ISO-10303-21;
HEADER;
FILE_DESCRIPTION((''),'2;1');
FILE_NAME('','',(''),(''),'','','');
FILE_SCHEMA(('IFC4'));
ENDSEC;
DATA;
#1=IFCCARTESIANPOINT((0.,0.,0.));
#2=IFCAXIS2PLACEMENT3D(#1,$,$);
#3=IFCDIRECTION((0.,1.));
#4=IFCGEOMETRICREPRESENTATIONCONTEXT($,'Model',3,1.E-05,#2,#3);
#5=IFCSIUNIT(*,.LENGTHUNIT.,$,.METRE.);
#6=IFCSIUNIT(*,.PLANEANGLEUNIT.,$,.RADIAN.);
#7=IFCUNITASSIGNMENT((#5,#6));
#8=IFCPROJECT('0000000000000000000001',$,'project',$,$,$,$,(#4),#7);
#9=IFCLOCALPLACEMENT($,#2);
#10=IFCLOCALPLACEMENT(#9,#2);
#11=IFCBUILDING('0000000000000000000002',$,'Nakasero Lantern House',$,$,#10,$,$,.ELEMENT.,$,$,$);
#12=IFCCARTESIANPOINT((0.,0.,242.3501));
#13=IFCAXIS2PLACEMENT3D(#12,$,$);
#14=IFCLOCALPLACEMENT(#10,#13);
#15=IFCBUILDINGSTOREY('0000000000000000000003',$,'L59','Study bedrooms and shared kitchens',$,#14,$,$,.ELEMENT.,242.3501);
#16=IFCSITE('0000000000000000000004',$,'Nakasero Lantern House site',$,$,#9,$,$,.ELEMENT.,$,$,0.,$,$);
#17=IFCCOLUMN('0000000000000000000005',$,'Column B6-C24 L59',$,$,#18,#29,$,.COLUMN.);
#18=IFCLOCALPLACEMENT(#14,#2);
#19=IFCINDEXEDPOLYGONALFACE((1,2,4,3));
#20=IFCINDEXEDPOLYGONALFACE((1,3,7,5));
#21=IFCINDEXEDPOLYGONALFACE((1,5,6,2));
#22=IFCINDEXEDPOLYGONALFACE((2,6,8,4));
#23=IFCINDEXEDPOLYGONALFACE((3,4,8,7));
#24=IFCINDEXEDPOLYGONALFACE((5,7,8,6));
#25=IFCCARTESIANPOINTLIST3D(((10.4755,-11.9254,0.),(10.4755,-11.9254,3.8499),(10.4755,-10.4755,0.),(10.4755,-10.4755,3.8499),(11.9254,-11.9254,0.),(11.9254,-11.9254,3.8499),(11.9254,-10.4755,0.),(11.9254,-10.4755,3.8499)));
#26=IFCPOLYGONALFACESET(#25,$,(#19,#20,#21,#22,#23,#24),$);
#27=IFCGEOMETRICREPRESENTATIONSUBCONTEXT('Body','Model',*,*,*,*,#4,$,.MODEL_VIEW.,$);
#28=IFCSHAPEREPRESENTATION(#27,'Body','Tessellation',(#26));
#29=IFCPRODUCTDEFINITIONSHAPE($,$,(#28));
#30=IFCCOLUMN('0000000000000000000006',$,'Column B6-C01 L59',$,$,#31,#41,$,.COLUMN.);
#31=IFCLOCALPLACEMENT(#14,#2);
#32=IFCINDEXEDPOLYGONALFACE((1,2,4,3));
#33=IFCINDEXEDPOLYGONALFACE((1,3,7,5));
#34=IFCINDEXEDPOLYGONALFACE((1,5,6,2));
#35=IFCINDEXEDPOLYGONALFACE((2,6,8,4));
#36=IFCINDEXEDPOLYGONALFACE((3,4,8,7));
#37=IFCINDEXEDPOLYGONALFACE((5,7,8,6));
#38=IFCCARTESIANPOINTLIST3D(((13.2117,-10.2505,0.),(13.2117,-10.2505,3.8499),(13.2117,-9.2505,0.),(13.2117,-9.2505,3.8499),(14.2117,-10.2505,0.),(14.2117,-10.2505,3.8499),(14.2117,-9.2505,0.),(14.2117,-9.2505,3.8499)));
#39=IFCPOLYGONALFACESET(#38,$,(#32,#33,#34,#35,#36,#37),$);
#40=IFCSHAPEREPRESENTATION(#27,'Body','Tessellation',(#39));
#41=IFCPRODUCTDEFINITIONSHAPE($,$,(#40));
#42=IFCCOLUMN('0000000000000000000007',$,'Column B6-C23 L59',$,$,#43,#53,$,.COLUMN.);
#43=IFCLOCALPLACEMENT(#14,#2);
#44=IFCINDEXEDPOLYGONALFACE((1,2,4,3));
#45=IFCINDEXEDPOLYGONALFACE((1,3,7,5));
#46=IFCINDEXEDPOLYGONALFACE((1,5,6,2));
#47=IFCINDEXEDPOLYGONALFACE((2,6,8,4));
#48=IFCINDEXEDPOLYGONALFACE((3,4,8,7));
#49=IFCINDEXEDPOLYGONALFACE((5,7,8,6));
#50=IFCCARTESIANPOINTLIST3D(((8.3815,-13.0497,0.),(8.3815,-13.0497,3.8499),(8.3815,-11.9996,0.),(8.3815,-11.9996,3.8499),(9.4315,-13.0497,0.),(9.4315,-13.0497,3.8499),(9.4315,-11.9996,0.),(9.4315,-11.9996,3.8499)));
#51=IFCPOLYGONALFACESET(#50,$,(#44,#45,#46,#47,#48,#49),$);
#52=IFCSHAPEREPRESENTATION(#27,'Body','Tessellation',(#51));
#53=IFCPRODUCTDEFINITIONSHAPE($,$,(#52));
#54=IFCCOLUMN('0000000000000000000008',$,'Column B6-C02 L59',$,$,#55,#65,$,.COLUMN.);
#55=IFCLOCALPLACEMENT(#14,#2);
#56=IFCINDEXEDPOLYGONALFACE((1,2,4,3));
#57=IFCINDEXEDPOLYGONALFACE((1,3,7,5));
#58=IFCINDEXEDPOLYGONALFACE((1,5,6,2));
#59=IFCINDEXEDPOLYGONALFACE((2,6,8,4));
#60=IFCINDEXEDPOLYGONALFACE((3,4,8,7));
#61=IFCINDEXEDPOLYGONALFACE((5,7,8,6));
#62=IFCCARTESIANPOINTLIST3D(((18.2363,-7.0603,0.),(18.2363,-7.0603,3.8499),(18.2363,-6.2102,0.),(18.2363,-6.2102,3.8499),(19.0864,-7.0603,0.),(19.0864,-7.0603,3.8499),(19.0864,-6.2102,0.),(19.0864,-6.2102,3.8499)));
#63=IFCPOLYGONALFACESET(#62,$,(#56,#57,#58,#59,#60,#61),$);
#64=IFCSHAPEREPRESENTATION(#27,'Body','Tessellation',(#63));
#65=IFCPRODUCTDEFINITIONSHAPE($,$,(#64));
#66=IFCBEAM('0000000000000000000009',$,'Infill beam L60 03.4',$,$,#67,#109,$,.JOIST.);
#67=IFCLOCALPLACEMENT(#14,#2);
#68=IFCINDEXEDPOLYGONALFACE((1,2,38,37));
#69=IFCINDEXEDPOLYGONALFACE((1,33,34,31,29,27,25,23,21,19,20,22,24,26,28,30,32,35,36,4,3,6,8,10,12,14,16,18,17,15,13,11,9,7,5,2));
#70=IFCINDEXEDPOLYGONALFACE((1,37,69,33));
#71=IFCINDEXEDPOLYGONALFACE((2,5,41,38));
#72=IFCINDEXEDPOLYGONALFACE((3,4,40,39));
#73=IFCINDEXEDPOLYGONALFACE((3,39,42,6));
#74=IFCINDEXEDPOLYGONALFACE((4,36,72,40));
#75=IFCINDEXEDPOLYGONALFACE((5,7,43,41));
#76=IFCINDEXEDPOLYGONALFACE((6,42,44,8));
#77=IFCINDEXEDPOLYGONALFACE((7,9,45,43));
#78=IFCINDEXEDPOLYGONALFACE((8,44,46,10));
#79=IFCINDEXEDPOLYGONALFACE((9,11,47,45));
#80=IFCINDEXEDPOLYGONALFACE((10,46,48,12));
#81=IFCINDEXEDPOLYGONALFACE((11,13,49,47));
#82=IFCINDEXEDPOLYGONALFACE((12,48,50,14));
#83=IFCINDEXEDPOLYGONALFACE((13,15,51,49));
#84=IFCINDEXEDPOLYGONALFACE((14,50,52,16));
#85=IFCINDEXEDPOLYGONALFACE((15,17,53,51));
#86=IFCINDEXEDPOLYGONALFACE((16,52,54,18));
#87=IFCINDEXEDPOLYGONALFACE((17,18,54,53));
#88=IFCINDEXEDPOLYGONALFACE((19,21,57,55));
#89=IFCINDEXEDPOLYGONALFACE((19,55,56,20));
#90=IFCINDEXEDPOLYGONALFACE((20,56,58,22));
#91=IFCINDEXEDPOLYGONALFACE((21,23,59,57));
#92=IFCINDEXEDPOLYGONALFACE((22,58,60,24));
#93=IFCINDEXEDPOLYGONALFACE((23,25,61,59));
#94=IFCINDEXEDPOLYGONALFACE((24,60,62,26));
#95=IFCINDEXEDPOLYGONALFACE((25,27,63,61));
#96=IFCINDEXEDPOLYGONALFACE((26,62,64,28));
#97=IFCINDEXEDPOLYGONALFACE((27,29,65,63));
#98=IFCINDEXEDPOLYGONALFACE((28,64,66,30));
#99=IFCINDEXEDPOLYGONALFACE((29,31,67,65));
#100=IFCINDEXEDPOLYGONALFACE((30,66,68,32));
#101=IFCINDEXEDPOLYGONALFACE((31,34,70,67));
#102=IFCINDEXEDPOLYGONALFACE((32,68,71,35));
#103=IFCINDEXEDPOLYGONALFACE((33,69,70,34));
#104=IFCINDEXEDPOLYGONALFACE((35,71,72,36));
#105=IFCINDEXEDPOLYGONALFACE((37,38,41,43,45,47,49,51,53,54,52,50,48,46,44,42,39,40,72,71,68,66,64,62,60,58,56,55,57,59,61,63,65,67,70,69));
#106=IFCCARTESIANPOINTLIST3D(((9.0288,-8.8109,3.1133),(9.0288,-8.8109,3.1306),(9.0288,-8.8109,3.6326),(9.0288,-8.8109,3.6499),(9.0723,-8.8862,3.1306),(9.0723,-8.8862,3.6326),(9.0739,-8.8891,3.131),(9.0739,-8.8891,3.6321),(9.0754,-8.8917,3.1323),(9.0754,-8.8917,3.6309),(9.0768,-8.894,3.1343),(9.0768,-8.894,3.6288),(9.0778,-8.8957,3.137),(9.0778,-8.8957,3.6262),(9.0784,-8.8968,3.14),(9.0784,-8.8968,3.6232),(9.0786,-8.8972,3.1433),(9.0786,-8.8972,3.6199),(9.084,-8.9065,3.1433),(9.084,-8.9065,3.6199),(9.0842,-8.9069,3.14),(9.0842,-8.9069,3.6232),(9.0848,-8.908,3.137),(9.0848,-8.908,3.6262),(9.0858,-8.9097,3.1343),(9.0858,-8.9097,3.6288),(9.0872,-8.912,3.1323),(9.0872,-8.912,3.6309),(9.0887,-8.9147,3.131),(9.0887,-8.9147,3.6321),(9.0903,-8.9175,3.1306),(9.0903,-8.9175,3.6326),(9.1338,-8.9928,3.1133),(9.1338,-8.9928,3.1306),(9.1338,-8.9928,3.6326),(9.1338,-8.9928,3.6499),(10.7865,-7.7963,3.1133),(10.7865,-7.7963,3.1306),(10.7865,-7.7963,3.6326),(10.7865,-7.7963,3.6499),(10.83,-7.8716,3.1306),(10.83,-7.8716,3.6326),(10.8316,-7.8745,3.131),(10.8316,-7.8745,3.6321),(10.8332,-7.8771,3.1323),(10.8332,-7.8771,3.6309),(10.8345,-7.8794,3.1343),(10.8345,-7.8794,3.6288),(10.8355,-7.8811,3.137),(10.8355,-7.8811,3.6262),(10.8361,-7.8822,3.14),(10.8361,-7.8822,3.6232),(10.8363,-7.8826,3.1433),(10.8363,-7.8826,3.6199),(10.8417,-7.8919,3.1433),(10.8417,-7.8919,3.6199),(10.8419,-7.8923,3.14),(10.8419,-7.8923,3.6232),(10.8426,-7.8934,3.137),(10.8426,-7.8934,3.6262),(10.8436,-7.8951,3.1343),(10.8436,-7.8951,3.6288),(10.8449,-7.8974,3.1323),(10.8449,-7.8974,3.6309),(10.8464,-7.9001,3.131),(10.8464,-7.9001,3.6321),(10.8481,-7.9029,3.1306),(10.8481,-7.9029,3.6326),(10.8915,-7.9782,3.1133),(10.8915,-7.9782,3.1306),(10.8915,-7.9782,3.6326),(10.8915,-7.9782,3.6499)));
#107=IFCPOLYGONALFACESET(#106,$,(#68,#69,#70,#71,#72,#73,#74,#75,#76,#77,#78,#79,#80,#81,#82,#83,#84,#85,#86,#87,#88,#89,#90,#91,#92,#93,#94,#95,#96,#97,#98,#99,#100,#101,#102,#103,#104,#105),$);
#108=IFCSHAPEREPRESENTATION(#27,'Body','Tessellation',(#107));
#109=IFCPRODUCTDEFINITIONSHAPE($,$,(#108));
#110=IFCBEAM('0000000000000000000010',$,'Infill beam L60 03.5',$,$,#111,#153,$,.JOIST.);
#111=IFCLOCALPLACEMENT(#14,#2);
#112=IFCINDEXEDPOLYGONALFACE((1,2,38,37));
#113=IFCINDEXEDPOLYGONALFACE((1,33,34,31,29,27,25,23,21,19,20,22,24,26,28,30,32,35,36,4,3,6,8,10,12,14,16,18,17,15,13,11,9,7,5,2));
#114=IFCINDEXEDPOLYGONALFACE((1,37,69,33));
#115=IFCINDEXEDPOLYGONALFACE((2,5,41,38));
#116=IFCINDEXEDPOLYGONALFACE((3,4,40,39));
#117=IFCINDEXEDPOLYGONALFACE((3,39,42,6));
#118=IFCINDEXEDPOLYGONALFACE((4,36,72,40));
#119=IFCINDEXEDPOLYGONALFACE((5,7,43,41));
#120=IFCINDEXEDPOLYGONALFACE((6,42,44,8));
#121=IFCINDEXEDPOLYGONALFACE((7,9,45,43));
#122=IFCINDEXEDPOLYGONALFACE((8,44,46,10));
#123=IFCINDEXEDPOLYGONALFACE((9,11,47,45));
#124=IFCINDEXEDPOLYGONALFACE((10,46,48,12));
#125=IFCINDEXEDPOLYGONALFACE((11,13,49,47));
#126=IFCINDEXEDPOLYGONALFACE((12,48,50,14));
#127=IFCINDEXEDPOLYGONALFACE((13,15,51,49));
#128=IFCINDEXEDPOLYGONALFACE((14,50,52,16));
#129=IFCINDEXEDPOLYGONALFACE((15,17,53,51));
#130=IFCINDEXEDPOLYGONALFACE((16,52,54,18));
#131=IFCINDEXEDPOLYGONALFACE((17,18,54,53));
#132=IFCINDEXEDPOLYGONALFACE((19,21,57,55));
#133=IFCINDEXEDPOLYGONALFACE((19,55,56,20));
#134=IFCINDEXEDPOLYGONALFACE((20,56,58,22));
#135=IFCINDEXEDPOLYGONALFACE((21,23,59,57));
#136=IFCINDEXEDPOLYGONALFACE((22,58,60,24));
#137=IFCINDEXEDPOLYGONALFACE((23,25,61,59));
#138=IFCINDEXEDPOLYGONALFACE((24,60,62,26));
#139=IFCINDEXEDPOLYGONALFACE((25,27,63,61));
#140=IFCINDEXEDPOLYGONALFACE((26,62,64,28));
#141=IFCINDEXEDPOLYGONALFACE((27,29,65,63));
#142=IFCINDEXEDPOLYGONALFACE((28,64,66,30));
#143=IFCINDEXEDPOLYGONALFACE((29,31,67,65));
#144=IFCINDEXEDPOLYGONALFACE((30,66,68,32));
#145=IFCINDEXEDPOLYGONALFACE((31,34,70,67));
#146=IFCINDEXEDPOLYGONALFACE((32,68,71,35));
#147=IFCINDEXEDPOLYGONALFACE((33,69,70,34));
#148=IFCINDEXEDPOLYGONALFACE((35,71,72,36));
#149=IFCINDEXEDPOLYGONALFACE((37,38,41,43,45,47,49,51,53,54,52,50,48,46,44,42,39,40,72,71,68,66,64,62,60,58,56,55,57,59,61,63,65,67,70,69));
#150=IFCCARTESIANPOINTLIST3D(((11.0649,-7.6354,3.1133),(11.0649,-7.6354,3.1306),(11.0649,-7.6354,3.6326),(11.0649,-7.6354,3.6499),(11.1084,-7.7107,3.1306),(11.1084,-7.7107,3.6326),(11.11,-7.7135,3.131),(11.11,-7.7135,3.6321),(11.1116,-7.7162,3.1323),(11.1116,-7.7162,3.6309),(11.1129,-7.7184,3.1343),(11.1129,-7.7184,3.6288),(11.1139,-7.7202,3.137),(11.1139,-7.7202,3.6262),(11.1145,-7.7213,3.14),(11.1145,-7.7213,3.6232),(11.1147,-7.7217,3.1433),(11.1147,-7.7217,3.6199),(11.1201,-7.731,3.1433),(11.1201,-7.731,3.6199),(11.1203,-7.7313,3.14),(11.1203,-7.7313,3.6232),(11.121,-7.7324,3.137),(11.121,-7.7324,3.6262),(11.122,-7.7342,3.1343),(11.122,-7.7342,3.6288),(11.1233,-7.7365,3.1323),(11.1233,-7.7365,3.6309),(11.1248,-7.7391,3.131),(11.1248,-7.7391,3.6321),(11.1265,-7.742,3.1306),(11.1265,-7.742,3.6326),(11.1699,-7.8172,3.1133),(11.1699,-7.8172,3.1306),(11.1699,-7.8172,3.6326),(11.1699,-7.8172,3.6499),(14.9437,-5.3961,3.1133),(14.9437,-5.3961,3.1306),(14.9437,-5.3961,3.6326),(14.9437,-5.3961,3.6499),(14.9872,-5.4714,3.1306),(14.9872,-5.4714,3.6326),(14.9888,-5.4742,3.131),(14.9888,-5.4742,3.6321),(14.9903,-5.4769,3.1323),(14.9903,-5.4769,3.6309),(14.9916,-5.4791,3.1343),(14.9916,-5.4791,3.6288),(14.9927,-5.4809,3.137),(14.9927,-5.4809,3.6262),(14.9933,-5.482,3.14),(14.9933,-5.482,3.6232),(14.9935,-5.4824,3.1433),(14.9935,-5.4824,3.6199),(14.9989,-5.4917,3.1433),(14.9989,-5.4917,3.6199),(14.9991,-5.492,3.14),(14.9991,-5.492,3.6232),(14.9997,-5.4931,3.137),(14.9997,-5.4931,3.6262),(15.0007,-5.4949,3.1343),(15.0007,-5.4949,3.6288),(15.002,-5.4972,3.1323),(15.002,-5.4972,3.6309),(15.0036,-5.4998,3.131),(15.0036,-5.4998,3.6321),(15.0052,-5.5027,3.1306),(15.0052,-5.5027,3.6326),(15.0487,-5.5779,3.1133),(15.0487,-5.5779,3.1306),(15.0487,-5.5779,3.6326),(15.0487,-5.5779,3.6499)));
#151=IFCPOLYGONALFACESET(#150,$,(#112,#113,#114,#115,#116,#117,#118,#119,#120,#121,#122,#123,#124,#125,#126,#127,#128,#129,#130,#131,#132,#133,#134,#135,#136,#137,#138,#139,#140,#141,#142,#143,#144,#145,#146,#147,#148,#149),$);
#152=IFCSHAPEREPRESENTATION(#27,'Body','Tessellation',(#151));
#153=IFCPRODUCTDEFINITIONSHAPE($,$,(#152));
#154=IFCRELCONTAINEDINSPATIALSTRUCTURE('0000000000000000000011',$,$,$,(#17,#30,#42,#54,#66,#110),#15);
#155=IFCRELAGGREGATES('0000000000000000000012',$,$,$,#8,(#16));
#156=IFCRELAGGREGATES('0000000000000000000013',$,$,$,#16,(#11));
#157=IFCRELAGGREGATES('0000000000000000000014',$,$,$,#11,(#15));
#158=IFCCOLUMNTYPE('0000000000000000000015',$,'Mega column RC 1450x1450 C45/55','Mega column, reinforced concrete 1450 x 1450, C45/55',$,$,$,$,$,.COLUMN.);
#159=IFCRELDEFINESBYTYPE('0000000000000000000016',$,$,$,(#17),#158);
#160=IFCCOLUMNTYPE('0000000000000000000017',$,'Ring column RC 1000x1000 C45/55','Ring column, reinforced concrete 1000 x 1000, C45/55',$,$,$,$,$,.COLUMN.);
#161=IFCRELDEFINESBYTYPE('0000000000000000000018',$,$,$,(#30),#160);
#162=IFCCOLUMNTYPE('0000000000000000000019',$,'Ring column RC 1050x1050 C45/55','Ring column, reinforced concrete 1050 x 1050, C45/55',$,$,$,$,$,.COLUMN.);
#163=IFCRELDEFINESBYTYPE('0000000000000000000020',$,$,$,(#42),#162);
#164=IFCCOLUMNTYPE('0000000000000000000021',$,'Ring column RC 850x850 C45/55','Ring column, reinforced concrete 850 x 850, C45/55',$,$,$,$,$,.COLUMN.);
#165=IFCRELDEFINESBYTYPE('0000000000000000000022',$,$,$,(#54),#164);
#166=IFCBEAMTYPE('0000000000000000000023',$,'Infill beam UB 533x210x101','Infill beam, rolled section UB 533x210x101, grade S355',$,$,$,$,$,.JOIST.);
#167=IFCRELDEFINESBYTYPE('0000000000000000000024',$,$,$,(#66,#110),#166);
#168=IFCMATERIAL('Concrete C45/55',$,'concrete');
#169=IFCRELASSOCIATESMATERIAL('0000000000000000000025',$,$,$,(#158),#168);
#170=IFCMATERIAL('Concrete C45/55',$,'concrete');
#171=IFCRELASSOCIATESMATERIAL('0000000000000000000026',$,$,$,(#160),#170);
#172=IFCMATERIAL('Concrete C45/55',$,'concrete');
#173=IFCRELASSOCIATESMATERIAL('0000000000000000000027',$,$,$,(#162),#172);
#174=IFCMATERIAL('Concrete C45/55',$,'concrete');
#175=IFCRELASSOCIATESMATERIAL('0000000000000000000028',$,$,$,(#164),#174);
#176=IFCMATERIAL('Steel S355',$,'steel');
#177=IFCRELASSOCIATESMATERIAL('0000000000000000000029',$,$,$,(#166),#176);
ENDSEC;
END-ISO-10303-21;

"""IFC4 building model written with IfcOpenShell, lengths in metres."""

from ifc_helpers import new_model, si_unit, direction, frame, origin, origin_2d, place, context, subcontext, project, spatial, rectangle, i_section, extrude, material, material_profile, profile_set, type_object, element, save


model = new_model("IFC4")

# Units and contexts
model_context = context("Model", 3, precision=1e-05, world=origin(), true_north=direction((0.0, 1.0)))
body_context = subcontext(model_context, "Body", "Model", "MODEL_VIEW")
ifc_project = project(units=[si_unit("LENGTHUNIT", "METRE"), si_unit("PLANEANGLEUNIT", "RADIAN")], contexts=[model_context])

# Site, building, storey
site_placement = place(None, origin())
site = spatial("IfcSite", under=ifc_project, at=site_placement, Name="Nakasero Lantern House site", CompositionType="ELEMENT", RefElevation=0.0)
building_placement = place(site_placement, origin())
building = spatial("IfcBuilding", under=site, at=building_placement, Name="Nakasero Lantern House", CompositionType="ELEMENT")
storey_placement = place(building_placement, frame((0.0, 0.0, 242.3501)))
storey = spatial("IfcBuildingStorey", under=building, at=storey_placement, Name="L59", Description="Study bedrooms and shared kitchens", CompositionType="ELEMENT", Elevation=242.3501)

# Columns
ifc_material_1 = material(Name="Concrete C45/55", Category="concrete")
ifc_material_profile_1 = material_profile(ifc_material_1, rectangle(XDim=1.45, YDim=1.45, at=origin_2d()), Name="RC 1450x1450")
ifc_profile_set_1 = profile_set([ifc_material_profile_1], Name="Concrete C45/55")
column_type_1 = type_object("IfcColumnType", Name="Mega column RC 1450x1450 C45/55", Description="Mega column, reinforced concrete 1450 x 1450, C45/55", PredefinedType="COLUMN", material=ifc_profile_set_1)
column_1_placement = place(storey_placement, frame((11.2004, -11.2004, 0.0), z_axis=(0.0, 0.0, 1.0), x_axis=(1.0, 0.0, 0.0)))
element("IfcColumn", 1, at=column_1_placement, inside=storey, type_object=column_type_1, Name="Column B6-C24 L59", PredefinedType="COLUMN", context=body_context, shape_type="SweptSolid", body=[
    extrude(rectangle(XDim=1.45, YDim=1.45, at=origin_2d()), origin(), (0.0, 0.0, 1.0), 3.8499),
])
ifc_material_2 = material(Name="Concrete C45/55", Category="concrete")
ifc_material_profile_2 = material_profile(ifc_material_2, rectangle(XDim=1.0, YDim=1.0, at=origin_2d()), Name="RC 1000x1000")
ifc_profile_set_2 = profile_set([ifc_material_profile_2], Name="Concrete C45/55")
column_type_2 = type_object("IfcColumnType", Name="Ring column RC 1000x1000 C45/55", Description="Ring column, reinforced concrete 1000 x 1000, C45/55", PredefinedType="COLUMN", material=ifc_profile_set_2)
column_2_placement = place(storey_placement, frame((13.7117, -9.7505, 0.0), z_axis=(0.0, 0.0, 1.0), x_axis=(1.0, 0.0, 0.0)))
element("IfcColumn", 2, at=column_2_placement, inside=storey, type_object=column_type_2, Name="Column B6-C01 L59", PredefinedType="COLUMN", context=body_context, shape_type="SweptSolid", body=[
    extrude(rectangle(XDim=1.0, YDim=1.0, at=origin_2d()), origin(), (0.0, 0.0, 1.0), 3.8499),
])
ifc_material_3 = material(Name="Concrete C45/55", Category="concrete")
ifc_material_profile_3 = material_profile(ifc_material_3, rectangle(XDim=1.05, YDim=1.05, at=origin_2d()), Name="RC 1050x1050")
ifc_profile_set_3 = profile_set([ifc_material_profile_3], Name="Concrete C45/55")
column_type_3 = type_object("IfcColumnType", Name="Ring column RC 1050x1050 C45/55", Description="Ring column, reinforced concrete 1050 x 1050, C45/55", PredefinedType="COLUMN", material=ifc_profile_set_3)
column_3_placement = place(storey_placement, frame((8.9065, -12.5247, 0.0), z_axis=(0.0, 0.0, 1.0), x_axis=(1.0, 0.0, 0.0)))
element("IfcColumn", 3, at=column_3_placement, inside=storey, type_object=column_type_3, Name="Column B6-C23 L59", PredefinedType="COLUMN", context=body_context, shape_type="SweptSolid", body=[
    extrude(rectangle(XDim=1.05, YDim=1.05, at=origin_2d()), origin(), (0.0, 0.0, 1.0), 3.8499),
])
ifc_material_4 = material(Name="Concrete C45/55", Category="concrete")
ifc_material_profile_4 = material_profile(ifc_material_4, rectangle(XDim=0.8501, YDim=0.8501, at=origin_2d()), Name="RC 850x850")
ifc_profile_set_4 = profile_set([ifc_material_profile_4], Name="Concrete C45/55")
column_type_4 = type_object("IfcColumnType", Name="Ring column RC 850x850 C45/55", Description="Ring column, reinforced concrete 850 x 850, C45/55", PredefinedType="COLUMN", material=ifc_profile_set_4)
column_4_placement = place(storey_placement, frame((18.6614, -6.6353, 0.0), z_axis=(0.0, 0.0, 1.0), x_axis=(1.0, 0.0, 0.0)))
element("IfcColumn", 4, at=column_4_placement, inside=storey, type_object=column_type_4, Name="Column B6-C02 L59", PredefinedType="COLUMN", context=body_context, shape_type="SweptSolid", body=[
    extrude(rectangle(XDim=0.8501, YDim=0.8501, at=origin_2d()), origin(), (0.0, 0.0, 1.0), 3.8499),
])

# Beams
ifc_material_5 = material(Name="Steel S355", Category="steel")
ifc_material_profile_5 = material_profile(ifc_material_5, i_section(OverallWidth=0.21, OverallDepth=0.5366, WebThickness=0.0107, FlangeThickness=0.0173, FilletRadius=0.0127, at=origin_2d()), Name="UB 533x210x101")
ifc_profile_set_5 = profile_set([ifc_material_profile_5], Name="Steel S355")
beam_type_1 = type_object("IfcBeamType", Name="Infill beam UB 533x210x101", Description="Infill beam, rolled section UB 533x210x101, grade S355", PredefinedType="JOIST", material=ifc_profile_set_5)
beam_1_placement = place(storey_placement, frame((9.0813, -8.9019, 3.3816), z_axis=(0.866073, 0.499917, 0.0), x_axis=(-0.499917, 0.866073, 0.0)))
element("IfcBeam", 5, at=beam_1_placement, inside=storey, type_object=beam_type_1, Name="Infill beam L60 03.4", PredefinedType="JOIST", context=body_context, shape_type="SweptSolid", body=[
    extrude(i_section(OverallWidth=0.21, OverallDepth=0.5366, WebThickness=0.0107, FlangeThickness=0.0173, FilletRadius=0.0127, at=origin_2d()), origin(), (0.0, 0.0, 1.0), 2.0295),
])
beam_2_placement = place(storey_placement, frame((11.1174, -7.7263, 3.3816), z_axis=(0.866034, 0.499985, 0.0), x_axis=(-0.499985, 0.866034, 0.0)))
element("IfcBeam", 6, at=beam_2_placement, inside=storey, type_object=beam_type_1, Name="Infill beam L60 03.5", PredefinedType="JOIST", context=body_context, shape_type="SweptSolid", body=[
    extrude(i_section(OverallWidth=0.21, OverallDepth=0.5366, WebThickness=0.0107, FlangeThickness=0.0173, FilletRadius=0.0127, at=origin_2d()), origin(), (0.0, 0.0, 1.0), 4.4788),
])

save(model, "model.ifc")
